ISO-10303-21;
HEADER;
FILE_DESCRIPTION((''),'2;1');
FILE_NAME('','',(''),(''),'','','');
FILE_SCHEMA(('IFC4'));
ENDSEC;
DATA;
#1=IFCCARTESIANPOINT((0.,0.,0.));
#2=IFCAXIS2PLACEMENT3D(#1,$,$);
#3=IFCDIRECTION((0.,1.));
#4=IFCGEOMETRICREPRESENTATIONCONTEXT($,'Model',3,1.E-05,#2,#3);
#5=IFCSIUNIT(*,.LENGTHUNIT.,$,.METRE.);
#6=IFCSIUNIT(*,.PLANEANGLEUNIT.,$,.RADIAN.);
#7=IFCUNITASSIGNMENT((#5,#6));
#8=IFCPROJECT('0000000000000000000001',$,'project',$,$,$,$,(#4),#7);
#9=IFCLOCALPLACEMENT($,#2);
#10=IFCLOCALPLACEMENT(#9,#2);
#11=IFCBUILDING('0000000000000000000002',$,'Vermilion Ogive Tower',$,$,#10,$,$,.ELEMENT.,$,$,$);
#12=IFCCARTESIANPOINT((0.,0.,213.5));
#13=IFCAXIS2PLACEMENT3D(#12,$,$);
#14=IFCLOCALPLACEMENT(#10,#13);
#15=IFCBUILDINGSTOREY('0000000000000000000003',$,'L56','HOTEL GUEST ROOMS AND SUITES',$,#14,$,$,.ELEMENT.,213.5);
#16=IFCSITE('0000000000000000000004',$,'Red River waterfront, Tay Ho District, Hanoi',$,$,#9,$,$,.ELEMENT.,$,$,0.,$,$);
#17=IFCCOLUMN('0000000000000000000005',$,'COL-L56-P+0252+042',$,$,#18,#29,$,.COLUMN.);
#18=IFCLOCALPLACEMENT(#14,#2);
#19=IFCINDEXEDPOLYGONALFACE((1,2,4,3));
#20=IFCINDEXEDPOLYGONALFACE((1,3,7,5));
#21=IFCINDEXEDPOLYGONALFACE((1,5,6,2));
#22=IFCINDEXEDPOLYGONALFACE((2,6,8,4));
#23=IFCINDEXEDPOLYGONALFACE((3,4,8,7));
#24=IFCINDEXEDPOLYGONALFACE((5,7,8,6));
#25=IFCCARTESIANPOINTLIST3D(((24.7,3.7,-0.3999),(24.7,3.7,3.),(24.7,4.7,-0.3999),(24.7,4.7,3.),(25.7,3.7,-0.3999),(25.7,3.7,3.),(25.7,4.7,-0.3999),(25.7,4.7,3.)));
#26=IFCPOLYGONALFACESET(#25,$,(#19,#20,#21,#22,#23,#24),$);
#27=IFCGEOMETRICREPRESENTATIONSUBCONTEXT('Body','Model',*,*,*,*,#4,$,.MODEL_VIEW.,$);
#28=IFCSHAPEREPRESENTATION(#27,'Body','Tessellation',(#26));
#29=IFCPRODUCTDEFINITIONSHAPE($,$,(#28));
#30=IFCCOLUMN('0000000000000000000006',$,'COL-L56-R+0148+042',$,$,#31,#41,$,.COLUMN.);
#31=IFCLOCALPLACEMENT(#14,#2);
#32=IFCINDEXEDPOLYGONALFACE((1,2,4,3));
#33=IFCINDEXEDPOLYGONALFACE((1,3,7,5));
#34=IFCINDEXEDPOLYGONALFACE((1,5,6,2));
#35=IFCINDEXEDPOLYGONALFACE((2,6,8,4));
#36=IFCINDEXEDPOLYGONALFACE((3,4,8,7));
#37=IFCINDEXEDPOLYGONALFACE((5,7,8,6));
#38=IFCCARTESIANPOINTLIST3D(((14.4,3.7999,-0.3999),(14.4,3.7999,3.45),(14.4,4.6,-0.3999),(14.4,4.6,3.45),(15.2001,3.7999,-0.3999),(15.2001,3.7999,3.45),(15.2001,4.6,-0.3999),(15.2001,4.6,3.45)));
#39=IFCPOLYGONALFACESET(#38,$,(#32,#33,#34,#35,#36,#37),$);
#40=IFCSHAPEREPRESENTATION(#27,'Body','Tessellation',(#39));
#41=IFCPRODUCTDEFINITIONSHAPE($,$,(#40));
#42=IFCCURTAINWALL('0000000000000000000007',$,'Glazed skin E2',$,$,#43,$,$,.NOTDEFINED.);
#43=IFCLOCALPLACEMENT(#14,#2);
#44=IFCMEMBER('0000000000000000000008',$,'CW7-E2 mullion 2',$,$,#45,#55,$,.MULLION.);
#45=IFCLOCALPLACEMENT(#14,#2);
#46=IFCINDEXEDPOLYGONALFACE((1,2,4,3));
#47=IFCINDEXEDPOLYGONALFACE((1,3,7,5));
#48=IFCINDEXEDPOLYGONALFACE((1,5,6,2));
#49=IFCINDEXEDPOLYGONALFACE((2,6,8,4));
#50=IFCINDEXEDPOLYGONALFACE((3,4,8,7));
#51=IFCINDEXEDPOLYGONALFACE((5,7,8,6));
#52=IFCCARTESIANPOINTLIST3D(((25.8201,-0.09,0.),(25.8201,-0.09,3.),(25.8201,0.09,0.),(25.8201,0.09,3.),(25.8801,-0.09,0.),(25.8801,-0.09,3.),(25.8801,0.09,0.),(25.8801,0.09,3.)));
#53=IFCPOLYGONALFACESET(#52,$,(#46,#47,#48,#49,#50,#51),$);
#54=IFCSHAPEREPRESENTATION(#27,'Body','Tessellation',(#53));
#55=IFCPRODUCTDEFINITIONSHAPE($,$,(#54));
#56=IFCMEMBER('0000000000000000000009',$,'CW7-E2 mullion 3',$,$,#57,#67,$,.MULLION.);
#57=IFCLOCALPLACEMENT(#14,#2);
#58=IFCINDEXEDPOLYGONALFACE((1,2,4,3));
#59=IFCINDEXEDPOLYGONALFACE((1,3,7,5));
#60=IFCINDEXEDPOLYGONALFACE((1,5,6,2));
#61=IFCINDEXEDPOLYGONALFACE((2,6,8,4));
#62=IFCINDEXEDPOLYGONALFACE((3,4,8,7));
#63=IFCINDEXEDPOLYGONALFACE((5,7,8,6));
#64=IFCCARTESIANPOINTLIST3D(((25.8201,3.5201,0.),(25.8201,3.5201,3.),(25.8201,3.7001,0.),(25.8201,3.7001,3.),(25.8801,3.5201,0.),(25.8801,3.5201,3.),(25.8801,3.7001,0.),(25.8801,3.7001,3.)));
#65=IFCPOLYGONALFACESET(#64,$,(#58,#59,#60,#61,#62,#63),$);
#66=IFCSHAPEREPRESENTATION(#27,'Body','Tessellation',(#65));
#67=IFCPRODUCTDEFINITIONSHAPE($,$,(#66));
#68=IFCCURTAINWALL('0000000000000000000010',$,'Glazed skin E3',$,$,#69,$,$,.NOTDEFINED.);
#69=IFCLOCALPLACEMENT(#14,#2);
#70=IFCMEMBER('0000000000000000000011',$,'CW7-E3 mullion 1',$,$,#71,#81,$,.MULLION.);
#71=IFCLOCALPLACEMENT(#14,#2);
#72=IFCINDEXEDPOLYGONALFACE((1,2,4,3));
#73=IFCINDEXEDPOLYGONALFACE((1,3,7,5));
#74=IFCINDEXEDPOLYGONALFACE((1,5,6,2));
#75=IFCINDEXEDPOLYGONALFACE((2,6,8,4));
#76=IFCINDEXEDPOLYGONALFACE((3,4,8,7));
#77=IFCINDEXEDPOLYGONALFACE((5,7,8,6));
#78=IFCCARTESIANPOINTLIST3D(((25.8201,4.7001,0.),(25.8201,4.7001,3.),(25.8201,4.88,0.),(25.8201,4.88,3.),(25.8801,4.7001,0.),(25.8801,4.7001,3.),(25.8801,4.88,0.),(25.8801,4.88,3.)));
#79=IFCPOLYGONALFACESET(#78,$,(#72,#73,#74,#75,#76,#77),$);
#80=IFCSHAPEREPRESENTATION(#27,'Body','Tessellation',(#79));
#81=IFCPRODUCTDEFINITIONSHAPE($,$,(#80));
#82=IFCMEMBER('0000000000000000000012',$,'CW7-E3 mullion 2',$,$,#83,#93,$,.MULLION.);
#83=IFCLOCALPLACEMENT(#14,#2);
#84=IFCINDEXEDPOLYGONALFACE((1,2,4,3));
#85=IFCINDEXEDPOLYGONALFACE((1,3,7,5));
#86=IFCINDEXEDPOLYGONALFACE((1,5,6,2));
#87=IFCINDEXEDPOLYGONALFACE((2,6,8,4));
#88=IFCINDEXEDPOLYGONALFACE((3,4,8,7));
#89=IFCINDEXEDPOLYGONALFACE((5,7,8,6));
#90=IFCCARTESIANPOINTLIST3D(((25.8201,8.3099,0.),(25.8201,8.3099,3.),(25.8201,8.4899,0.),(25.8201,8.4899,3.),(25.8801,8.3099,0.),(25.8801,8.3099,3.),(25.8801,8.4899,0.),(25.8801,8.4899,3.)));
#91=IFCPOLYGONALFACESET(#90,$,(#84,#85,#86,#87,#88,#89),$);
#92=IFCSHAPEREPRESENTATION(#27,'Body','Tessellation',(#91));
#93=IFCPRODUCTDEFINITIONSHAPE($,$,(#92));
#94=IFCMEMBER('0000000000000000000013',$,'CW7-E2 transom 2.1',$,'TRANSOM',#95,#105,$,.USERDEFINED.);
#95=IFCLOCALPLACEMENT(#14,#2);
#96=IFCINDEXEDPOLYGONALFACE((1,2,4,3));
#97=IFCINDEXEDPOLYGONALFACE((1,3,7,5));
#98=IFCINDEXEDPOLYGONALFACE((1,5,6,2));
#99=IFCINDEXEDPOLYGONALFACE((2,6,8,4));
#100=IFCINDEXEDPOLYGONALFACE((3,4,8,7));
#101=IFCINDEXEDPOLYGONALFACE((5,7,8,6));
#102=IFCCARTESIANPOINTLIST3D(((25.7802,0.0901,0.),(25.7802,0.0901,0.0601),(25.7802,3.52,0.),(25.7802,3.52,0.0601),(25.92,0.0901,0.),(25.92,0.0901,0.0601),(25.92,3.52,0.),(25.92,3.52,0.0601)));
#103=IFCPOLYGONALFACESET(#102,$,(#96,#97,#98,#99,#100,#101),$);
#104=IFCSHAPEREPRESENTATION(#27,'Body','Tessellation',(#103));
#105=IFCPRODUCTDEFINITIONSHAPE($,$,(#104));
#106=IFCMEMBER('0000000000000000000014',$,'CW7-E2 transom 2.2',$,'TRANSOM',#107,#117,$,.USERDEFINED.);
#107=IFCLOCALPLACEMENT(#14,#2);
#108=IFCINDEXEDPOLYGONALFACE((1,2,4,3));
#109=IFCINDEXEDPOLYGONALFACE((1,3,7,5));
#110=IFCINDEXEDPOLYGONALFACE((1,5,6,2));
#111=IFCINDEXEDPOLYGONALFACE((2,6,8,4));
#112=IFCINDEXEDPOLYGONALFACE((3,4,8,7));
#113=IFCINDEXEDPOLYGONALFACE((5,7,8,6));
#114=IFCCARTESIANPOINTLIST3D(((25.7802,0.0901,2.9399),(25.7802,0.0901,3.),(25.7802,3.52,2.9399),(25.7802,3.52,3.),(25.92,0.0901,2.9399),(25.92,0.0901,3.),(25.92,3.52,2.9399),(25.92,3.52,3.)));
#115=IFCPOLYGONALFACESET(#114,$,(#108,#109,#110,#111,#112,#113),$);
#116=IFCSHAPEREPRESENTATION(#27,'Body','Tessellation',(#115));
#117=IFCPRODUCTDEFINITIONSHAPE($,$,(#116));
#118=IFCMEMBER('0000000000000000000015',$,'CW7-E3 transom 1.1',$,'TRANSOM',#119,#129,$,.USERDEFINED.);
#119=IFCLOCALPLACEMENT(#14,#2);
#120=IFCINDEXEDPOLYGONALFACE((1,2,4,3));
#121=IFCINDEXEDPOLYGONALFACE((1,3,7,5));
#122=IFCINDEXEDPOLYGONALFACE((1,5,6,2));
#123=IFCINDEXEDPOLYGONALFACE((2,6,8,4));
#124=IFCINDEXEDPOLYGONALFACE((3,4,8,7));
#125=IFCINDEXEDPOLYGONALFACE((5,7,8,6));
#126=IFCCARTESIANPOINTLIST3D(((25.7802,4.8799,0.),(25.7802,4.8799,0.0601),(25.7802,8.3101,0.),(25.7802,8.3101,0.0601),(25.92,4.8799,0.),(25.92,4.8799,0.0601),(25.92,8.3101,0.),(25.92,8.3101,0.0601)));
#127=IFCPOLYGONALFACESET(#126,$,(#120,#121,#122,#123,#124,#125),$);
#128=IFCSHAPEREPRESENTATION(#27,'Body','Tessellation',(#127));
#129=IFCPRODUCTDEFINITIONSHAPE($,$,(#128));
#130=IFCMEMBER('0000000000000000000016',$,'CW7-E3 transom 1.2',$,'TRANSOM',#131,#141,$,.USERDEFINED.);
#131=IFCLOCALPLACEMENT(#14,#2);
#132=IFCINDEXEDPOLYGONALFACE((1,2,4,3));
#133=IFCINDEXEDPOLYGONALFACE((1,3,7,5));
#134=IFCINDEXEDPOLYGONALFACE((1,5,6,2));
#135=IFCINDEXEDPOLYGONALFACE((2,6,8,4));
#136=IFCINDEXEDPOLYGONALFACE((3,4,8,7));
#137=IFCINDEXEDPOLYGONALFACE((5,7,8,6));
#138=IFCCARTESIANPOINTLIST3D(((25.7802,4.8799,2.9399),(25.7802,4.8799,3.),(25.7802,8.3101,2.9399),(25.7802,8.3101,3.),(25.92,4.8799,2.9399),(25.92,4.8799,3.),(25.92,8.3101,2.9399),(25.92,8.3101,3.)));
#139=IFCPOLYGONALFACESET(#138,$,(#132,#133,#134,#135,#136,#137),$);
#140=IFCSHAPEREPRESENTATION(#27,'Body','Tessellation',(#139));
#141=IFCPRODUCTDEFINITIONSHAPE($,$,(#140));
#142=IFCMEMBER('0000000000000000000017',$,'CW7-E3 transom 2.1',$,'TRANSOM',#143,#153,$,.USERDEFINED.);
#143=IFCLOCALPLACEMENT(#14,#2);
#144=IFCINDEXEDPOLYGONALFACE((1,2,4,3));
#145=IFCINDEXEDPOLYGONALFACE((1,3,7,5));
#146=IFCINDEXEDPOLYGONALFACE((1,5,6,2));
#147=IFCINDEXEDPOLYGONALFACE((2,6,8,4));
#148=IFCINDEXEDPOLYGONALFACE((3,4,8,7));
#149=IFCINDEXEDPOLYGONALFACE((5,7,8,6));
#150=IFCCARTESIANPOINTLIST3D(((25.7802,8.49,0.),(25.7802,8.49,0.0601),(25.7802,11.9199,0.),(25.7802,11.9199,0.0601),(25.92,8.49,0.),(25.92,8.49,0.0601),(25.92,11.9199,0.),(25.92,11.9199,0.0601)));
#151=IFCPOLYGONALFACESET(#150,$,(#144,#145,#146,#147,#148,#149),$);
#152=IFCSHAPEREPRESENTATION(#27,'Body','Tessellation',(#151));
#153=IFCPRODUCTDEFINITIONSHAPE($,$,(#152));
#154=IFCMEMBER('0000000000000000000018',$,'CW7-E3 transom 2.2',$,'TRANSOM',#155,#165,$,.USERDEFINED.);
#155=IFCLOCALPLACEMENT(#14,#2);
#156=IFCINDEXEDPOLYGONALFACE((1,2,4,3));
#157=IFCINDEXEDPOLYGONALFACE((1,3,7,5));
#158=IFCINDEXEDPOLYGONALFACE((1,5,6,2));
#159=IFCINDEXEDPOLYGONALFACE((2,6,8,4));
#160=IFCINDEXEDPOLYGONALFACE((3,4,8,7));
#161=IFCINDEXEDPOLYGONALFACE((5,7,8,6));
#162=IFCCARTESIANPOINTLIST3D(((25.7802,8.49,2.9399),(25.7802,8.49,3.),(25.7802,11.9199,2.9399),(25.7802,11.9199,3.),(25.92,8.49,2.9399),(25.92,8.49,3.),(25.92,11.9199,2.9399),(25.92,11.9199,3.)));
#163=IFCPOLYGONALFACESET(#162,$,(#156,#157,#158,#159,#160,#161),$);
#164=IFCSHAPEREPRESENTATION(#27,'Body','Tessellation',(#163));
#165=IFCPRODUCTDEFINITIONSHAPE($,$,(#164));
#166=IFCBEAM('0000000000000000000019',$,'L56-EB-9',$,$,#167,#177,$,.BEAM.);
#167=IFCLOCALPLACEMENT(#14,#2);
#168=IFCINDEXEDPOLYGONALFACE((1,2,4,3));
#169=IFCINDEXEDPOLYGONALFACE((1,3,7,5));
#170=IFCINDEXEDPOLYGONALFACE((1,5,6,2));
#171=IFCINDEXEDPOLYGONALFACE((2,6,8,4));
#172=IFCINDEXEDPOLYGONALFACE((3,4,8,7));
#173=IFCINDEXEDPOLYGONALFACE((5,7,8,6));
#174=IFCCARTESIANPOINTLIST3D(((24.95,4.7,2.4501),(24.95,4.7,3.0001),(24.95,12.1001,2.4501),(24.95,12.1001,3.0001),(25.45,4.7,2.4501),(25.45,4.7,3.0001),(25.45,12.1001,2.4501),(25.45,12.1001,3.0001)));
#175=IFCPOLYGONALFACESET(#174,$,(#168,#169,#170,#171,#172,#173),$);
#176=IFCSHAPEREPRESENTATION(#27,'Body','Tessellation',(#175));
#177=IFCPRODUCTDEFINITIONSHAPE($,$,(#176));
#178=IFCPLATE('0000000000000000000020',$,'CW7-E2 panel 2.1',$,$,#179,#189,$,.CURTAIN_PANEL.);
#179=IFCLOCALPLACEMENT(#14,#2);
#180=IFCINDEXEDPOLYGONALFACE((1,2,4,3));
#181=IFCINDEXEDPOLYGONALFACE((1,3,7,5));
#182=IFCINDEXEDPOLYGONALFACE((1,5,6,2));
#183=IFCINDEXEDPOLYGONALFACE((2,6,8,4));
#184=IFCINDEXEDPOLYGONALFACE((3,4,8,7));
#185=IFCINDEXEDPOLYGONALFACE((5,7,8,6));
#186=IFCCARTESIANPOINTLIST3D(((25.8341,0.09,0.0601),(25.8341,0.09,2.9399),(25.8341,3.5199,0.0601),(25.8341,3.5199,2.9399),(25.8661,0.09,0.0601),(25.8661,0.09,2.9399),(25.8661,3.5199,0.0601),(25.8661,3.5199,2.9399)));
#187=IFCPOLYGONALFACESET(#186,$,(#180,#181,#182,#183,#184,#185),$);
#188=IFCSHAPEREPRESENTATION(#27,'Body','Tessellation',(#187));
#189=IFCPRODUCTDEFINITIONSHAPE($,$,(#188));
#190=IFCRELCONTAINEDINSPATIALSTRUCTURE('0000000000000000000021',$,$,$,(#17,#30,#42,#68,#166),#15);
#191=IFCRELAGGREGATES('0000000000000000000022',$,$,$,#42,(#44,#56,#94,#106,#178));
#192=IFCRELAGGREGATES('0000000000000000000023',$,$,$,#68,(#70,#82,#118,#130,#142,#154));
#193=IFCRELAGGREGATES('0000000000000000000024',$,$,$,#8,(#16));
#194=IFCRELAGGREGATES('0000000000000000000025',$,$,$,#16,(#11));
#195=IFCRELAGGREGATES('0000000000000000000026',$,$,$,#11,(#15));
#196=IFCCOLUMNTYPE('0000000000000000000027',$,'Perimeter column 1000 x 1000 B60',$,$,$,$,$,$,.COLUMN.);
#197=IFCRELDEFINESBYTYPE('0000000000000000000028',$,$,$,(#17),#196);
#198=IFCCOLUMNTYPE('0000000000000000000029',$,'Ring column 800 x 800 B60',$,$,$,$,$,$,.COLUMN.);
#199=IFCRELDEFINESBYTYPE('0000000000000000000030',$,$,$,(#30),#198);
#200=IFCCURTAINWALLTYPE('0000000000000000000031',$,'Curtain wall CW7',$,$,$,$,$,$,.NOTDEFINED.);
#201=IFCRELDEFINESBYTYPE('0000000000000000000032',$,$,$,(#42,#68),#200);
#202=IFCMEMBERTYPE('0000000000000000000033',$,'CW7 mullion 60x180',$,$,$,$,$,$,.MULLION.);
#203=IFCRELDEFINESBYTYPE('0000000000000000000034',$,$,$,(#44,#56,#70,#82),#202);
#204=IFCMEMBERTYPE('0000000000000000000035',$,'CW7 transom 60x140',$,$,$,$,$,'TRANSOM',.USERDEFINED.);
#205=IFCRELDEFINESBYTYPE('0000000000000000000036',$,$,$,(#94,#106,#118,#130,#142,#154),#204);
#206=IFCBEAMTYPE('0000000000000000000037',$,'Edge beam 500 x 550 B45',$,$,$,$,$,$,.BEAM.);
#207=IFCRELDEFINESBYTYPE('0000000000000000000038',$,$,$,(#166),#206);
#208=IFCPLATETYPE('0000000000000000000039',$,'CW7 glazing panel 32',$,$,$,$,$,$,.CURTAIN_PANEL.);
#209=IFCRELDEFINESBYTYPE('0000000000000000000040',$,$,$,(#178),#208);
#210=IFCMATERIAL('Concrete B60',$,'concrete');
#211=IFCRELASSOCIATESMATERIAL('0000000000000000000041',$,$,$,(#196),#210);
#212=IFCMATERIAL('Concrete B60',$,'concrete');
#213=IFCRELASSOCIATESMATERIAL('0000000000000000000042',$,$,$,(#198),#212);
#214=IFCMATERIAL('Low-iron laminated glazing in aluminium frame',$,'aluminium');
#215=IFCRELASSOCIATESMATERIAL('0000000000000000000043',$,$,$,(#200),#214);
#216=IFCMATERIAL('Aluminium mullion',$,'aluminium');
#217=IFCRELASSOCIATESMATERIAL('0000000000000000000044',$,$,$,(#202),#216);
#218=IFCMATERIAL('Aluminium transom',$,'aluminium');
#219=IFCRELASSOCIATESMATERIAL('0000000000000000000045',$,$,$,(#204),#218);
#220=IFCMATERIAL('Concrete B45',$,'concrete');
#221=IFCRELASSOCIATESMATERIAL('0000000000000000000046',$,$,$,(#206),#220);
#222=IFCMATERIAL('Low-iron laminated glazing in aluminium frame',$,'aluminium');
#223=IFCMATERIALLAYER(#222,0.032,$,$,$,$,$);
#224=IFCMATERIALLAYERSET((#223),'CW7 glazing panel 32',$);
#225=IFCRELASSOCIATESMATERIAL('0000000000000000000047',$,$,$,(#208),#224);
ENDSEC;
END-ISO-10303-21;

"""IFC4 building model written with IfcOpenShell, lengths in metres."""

from ifc_helpers import new_model, si_unit, direction, frame, origin, origin_2d, place, context, subcontext, project, spatial, rectangle, extrude, material, layer, layer_set, material_profile, profile_set, type_object, element, aggregate, save


model = new_model("IFC4")

# Units and contexts
model_context = context("Model", 3, precision=1e-05, world=origin(), true_north=direction((0.0, 1.0)))
body_context = subcontext(model_context, "Body", "Model", "MODEL_VIEW")
ifc_project = project(units=[si_unit("LENGTHUNIT", "METRE"), si_unit("PLANEANGLEUNIT", "RADIAN")], contexts=[model_context])

# Site, building, storey
site_placement = place(None, origin())
site = spatial("IfcSite", under=ifc_project, at=site_placement, Name="Red River waterfront, Tay Ho District, Hanoi", CompositionType="ELEMENT", RefElevation=0.0)
building_placement = place(site_placement, origin())
building = spatial("IfcBuilding", under=site, at=building_placement, Name="Vermilion Ogive Tower", CompositionType="ELEMENT")
storey_placement = place(building_placement, frame((0.0, 0.0, 213.5)))
storey = spatial("IfcBuildingStorey", under=building, at=storey_placement, Name="L56", Description="HOTEL GUEST ROOMS AND SUITES", CompositionType="ELEMENT", Elevation=213.5)

# Columns
ifc_material_1 = material(Name="Concrete B60", Category="concrete")
ifc_material_profile_1 = material_profile(ifc_material_1, rectangle(XDim=1.0, YDim=1.0, at=origin_2d()), Name="1000 x 1000")
ifc_profile_set_1 = profile_set([ifc_material_profile_1], Name="Concrete B60")
column_type_1 = type_object("IfcColumnType", Name="Perimeter column 1000 x 1000 B60", PredefinedType="COLUMN", material=ifc_profile_set_1)
column_1_placement = place(storey_placement, frame((25.2, 4.2, -0.3999), z_axis=(0.0, 0.0, 1.0), x_axis=(1.0, 0.0, 0.0)))
element("IfcColumn", 1, at=column_1_placement, inside=storey, type_object=column_type_1, Name="COL-L56-P+0252+042", PredefinedType="COLUMN", context=body_context, shape_type="SweptSolid", body=[
    extrude(rectangle(XDim=1.0, YDim=1.0, at=origin_2d()), origin(), (0.0, 0.0, 1.0), 3.3999),
])
ifc_material_2 = material(Name="Concrete B60", Category="concrete")
ifc_material_profile_2 = material_profile(ifc_material_2, rectangle(XDim=0.8, YDim=0.8, at=origin_2d()), Name="800 x 800")
ifc_profile_set_2 = profile_set([ifc_material_profile_2], Name="Concrete B60")
column_type_2 = type_object("IfcColumnType", Name="Ring column 800 x 800 B60", PredefinedType="COLUMN", material=ifc_profile_set_2)
column_2_placement = place(storey_placement, frame((14.8, 4.2, -0.3999), z_axis=(0.0, 0.0, 1.0), x_axis=(1.0, 0.0, 0.0)))
element("IfcColumn", 2, at=column_2_placement, inside=storey, type_object=column_type_2, Name="COL-L56-R+0148+042", PredefinedType="COLUMN", context=body_context, shape_type="SweptSolid", body=[
    extrude(rectangle(XDim=0.8, YDim=0.8, at=origin_2d()), origin(), (0.0, 0.0, 1.0), 3.8499),
])

# Curtain walls, members
ifc_material_3 = material(Name="Low-iron laminated glazing in aluminium frame", Category="aluminium")
curtain_wall_type = type_object("IfcCurtainWallType", Name="Curtain wall CW7", PredefinedType="NOTDEFINED", material=ifc_material_3)
curtain_wall_1_placement = place(storey_placement, origin())
curtain_wall_1 = element("IfcCurtainWall", 3, at=curtain_wall_1_placement, inside=storey, type_object=curtain_wall_type, Name="Glazed skin E2", PredefinedType="NOTDEFINED")
ifc_material_4 = material(Name="Aluminium mullion", Category="aluminium")
ifc_material_profile_3 = material_profile(ifc_material_4, rectangle(XDim=0.0601, YDim=0.1799, at=origin_2d()), Name="AL 60x180")
ifc_profile_set_3 = profile_set([ifc_material_profile_3], Name="Aluminium mullion")
member_type_1 = type_object("IfcMemberType", Name="CW7 mullion 60x180", PredefinedType="MULLION", material=ifc_profile_set_3)
member_1_placement = place(storey_placement, frame((25.8501, 0.0, 0.0), z_axis=(0.0, 0.0, 1.0), x_axis=(-1.0, 0.0, 0.0)))
member_1 = element("IfcMember", 4, at=member_1_placement, type_object=member_type_1, Name="CW7-E2 mullion 2", PredefinedType="MULLION", context=body_context, shape_type="SweptSolid", body=[
    extrude(rectangle(XDim=0.0601, YDim=0.1799, at=origin_2d()), origin(), (0.0, 0.0, 1.0), 3.0),
])
member_2_placement = place(storey_placement, frame((25.8501, 3.6101, 0.0), z_axis=(0.0, 0.0, 1.0), x_axis=(-1.0, 0.0, 0.0)))
member_2 = element("IfcMember", 5, at=member_2_placement, type_object=member_type_1, Name="CW7-E2 mullion 3", PredefinedType="MULLION", context=body_context, shape_type="SweptSolid", body=[
    extrude(rectangle(XDim=0.0601, YDim=0.1799, at=origin_2d()), origin(), (0.0, 0.0, 1.0), 3.0),
])
curtain_wall_2_placement = place(storey_placement, origin())
curtain_wall_2 = element("IfcCurtainWall", 6, at=curtain_wall_2_placement, inside=storey, type_object=curtain_wall_type, Name="Glazed skin E3", PredefinedType="NOTDEFINED")
member_3_placement = place(storey_placement, frame((25.8501, 4.79, 0.0), z_axis=(0.0, 0.0, 1.0), x_axis=(-1.0, 0.0, 0.0)))
member_3 = element("IfcMember", 7, at=member_3_placement, type_object=member_type_1, Name="CW7-E3 mullion 1", PredefinedType="MULLION", context=body_context, shape_type="SweptSolid", body=[
    extrude(rectangle(XDim=0.0601, YDim=0.1799, at=origin_2d()), origin(), (0.0, 0.0, 1.0), 3.0),
])
member_4_placement = place(storey_placement, frame((25.8501, 8.3999, 0.0), z_axis=(0.0, 0.0, 1.0), x_axis=(-1.0, 0.0, 0.0)))
member_4 = element("IfcMember", 8, at=member_4_placement, type_object=member_type_1, Name="CW7-E3 mullion 2", PredefinedType="MULLION", context=body_context, shape_type="SweptSolid", body=[
    extrude(rectangle(XDim=0.0601, YDim=0.1799, at=origin_2d()), origin(), (0.0, 0.0, 1.0), 3.0),
])

# Members
ifc_material_5 = material(Name="Aluminium transom", Category="aluminium")
ifc_material_profile_4 = material_profile(ifc_material_5, rectangle(XDim=0.1399, YDim=0.0601, at=origin_2d()), Name="AL 60x140")
ifc_profile_set_4 = profile_set([ifc_material_profile_4], Name="Aluminium transom")
member_type_2 = type_object("IfcMemberType", Name="CW7 transom 60x140", ElementType="TRANSOM", PredefinedType="USERDEFINED", material=ifc_profile_set_4)
member_5_placement = place(storey_placement, frame((25.8501, 0.0901, 0.03), z_axis=(0.0, 1.0, 0.0), x_axis=(-1.0, 0.0, 0.0)))
member_5 = element("IfcMember", 9, at=member_5_placement, type_object=member_type_2, Name="CW7-E2 transom 2.1", ObjectType="TRANSOM", PredefinedType="USERDEFINED", context=body_context, shape_type="SweptSolid", body=[
    extrude(rectangle(XDim=0.1399, YDim=0.0601, at=origin_2d()), origin(), (0.0, 0.0, 1.0), 3.4299),
])
member_6_placement = place(storey_placement, frame((25.8501, 0.0901, 2.97), z_axis=(0.0, 1.0, 0.0), x_axis=(-1.0, 0.0, 0.0)))
member_6 = element("IfcMember", 10, at=member_6_placement, type_object=member_type_2, Name="CW7-E2 transom 2.2", ObjectType="TRANSOM", PredefinedType="USERDEFINED", context=body_context, shape_type="SweptSolid", body=[
    extrude(rectangle(XDim=0.1399, YDim=0.0601, at=origin_2d()), origin(), (0.0, 0.0, 1.0), 3.4299),
])
member_7_placement = place(storey_placement, frame((25.8501, 4.8799, 0.03), z_axis=(0.0, 1.0, 0.0), x_axis=(-1.0, 0.0, 0.0)))
member_7 = element("IfcMember", 11, at=member_7_placement, type_object=member_type_2, Name="CW7-E3 transom 1.1", ObjectType="TRANSOM", PredefinedType="USERDEFINED", context=body_context, shape_type="SweptSolid", body=[
    extrude(rectangle(XDim=0.1399, YDim=0.0601, at=origin_2d()), origin(), (0.0, 0.0, 1.0), 3.4302),
])
member_8_placement = place(storey_placement, frame((25.8501, 4.8799, 2.97), z_axis=(0.0, 1.0, 0.0), x_axis=(-1.0, 0.0, 0.0)))
member_8 = element("IfcMember", 12, at=member_8_placement, type_object=member_type_2, Name="CW7-E3 transom 1.2", ObjectType="TRANSOM", PredefinedType="USERDEFINED", context=body_context, shape_type="SweptSolid", body=[
    extrude(rectangle(XDim=0.1399, YDim=0.0601, at=origin_2d()), origin(), (0.0, 0.0, 1.0), 3.4302),
])
member_9_placement = place(storey_placement, frame((25.8501, 8.49, 0.03), z_axis=(0.0, 1.0, 0.0), x_axis=(-1.0, 0.0, 0.0)))
member_9 = element("IfcMember", 13, at=member_9_placement, type_object=member_type_2, Name="CW7-E3 transom 2.1", ObjectType="TRANSOM", PredefinedType="USERDEFINED", context=body_context, shape_type="SweptSolid", body=[
    extrude(rectangle(XDim=0.1399, YDim=0.0601, at=origin_2d()), origin(), (0.0, 0.0, 1.0), 3.4299),
])
member_10_placement = place(storey_placement, frame((25.8501, 8.49, 2.97), z_axis=(0.0, 1.0, 0.0), x_axis=(-1.0, 0.0, 0.0)))
member_10 = element("IfcMember", 14, at=member_10_placement, type_object=member_type_2, Name="CW7-E3 transom 2.2", ObjectType="TRANSOM", PredefinedType="USERDEFINED", context=body_context, shape_type="SweptSolid", body=[
    extrude(rectangle(XDim=0.1399, YDim=0.0601, at=origin_2d()), origin(), (0.0, 0.0, 1.0), 3.4299),
])

# Beam
ifc_material_6 = material(Name="Concrete B45", Category="concrete")
ifc_material_profile_5 = material_profile(ifc_material_6, rectangle(XDim=0.5, YDim=0.55, at=origin_2d()), Name="500 x 550")
ifc_profile_set_5 = profile_set([ifc_material_profile_5], Name="Concrete B45")
beam_type = type_object("IfcBeamType", Name="Edge beam 500 x 550 B45", PredefinedType="BEAM", material=ifc_profile_set_5)
beam_placement = place(storey_placement, frame((25.2, 4.7, 2.7251), z_axis=(0.0, 1.0, 0.0), x_axis=(-1.0, 0.0, 0.0)))
element("IfcBeam", 15, at=beam_placement, inside=storey, type_object=beam_type, Name="L56-EB-9", PredefinedType="BEAM", context=body_context, shape_type="SweptSolid", body=[
    extrude(rectangle(XDim=0.5, YDim=0.55, at=origin_2d()), origin(), (0.0, 0.0, 1.0), 7.4001),
])

# Plate
ifc_material_7 = material(Name="Low-iron laminated glazing in aluminium frame", Category="aluminium")
ifc_layer_1 = layer(ifc_material_7, 0.032)
ifc_layer_set_1 = layer_set([ifc_layer_1], Name="CW7 glazing panel 32")
plate_type = type_object("IfcPlateType", Name="CW7 glazing panel 32", PredefinedType="CURTAIN_PANEL", material=ifc_layer_set_1)
plate_1_placement = place(storey_placement, frame((25.8501, 1.8049, 0.0601), z_axis=(0.0, 0.0, 1.0), x_axis=(0.0, 1.0, 0.0)))
plate_1 = element("IfcPlate", 16, at=plate_1_placement, type_object=plate_type, Name="CW7-E2 panel 2.1", PredefinedType="CURTAIN_PANEL", context=body_context, shape_type="SweptSolid", body=[
    extrude(rectangle(XDim=3.4299, YDim=0.032, at=origin_2d()), origin(), (0.0, 0.0, 1.0), 2.8799),
])
aggregate(curtain_wall_1, [member_1, member_2, member_5, member_6, plate_1])
aggregate(curtain_wall_2, [member_3, member_4, member_7, member_8, member_9, member_10])

save(model, "model.ifc")
